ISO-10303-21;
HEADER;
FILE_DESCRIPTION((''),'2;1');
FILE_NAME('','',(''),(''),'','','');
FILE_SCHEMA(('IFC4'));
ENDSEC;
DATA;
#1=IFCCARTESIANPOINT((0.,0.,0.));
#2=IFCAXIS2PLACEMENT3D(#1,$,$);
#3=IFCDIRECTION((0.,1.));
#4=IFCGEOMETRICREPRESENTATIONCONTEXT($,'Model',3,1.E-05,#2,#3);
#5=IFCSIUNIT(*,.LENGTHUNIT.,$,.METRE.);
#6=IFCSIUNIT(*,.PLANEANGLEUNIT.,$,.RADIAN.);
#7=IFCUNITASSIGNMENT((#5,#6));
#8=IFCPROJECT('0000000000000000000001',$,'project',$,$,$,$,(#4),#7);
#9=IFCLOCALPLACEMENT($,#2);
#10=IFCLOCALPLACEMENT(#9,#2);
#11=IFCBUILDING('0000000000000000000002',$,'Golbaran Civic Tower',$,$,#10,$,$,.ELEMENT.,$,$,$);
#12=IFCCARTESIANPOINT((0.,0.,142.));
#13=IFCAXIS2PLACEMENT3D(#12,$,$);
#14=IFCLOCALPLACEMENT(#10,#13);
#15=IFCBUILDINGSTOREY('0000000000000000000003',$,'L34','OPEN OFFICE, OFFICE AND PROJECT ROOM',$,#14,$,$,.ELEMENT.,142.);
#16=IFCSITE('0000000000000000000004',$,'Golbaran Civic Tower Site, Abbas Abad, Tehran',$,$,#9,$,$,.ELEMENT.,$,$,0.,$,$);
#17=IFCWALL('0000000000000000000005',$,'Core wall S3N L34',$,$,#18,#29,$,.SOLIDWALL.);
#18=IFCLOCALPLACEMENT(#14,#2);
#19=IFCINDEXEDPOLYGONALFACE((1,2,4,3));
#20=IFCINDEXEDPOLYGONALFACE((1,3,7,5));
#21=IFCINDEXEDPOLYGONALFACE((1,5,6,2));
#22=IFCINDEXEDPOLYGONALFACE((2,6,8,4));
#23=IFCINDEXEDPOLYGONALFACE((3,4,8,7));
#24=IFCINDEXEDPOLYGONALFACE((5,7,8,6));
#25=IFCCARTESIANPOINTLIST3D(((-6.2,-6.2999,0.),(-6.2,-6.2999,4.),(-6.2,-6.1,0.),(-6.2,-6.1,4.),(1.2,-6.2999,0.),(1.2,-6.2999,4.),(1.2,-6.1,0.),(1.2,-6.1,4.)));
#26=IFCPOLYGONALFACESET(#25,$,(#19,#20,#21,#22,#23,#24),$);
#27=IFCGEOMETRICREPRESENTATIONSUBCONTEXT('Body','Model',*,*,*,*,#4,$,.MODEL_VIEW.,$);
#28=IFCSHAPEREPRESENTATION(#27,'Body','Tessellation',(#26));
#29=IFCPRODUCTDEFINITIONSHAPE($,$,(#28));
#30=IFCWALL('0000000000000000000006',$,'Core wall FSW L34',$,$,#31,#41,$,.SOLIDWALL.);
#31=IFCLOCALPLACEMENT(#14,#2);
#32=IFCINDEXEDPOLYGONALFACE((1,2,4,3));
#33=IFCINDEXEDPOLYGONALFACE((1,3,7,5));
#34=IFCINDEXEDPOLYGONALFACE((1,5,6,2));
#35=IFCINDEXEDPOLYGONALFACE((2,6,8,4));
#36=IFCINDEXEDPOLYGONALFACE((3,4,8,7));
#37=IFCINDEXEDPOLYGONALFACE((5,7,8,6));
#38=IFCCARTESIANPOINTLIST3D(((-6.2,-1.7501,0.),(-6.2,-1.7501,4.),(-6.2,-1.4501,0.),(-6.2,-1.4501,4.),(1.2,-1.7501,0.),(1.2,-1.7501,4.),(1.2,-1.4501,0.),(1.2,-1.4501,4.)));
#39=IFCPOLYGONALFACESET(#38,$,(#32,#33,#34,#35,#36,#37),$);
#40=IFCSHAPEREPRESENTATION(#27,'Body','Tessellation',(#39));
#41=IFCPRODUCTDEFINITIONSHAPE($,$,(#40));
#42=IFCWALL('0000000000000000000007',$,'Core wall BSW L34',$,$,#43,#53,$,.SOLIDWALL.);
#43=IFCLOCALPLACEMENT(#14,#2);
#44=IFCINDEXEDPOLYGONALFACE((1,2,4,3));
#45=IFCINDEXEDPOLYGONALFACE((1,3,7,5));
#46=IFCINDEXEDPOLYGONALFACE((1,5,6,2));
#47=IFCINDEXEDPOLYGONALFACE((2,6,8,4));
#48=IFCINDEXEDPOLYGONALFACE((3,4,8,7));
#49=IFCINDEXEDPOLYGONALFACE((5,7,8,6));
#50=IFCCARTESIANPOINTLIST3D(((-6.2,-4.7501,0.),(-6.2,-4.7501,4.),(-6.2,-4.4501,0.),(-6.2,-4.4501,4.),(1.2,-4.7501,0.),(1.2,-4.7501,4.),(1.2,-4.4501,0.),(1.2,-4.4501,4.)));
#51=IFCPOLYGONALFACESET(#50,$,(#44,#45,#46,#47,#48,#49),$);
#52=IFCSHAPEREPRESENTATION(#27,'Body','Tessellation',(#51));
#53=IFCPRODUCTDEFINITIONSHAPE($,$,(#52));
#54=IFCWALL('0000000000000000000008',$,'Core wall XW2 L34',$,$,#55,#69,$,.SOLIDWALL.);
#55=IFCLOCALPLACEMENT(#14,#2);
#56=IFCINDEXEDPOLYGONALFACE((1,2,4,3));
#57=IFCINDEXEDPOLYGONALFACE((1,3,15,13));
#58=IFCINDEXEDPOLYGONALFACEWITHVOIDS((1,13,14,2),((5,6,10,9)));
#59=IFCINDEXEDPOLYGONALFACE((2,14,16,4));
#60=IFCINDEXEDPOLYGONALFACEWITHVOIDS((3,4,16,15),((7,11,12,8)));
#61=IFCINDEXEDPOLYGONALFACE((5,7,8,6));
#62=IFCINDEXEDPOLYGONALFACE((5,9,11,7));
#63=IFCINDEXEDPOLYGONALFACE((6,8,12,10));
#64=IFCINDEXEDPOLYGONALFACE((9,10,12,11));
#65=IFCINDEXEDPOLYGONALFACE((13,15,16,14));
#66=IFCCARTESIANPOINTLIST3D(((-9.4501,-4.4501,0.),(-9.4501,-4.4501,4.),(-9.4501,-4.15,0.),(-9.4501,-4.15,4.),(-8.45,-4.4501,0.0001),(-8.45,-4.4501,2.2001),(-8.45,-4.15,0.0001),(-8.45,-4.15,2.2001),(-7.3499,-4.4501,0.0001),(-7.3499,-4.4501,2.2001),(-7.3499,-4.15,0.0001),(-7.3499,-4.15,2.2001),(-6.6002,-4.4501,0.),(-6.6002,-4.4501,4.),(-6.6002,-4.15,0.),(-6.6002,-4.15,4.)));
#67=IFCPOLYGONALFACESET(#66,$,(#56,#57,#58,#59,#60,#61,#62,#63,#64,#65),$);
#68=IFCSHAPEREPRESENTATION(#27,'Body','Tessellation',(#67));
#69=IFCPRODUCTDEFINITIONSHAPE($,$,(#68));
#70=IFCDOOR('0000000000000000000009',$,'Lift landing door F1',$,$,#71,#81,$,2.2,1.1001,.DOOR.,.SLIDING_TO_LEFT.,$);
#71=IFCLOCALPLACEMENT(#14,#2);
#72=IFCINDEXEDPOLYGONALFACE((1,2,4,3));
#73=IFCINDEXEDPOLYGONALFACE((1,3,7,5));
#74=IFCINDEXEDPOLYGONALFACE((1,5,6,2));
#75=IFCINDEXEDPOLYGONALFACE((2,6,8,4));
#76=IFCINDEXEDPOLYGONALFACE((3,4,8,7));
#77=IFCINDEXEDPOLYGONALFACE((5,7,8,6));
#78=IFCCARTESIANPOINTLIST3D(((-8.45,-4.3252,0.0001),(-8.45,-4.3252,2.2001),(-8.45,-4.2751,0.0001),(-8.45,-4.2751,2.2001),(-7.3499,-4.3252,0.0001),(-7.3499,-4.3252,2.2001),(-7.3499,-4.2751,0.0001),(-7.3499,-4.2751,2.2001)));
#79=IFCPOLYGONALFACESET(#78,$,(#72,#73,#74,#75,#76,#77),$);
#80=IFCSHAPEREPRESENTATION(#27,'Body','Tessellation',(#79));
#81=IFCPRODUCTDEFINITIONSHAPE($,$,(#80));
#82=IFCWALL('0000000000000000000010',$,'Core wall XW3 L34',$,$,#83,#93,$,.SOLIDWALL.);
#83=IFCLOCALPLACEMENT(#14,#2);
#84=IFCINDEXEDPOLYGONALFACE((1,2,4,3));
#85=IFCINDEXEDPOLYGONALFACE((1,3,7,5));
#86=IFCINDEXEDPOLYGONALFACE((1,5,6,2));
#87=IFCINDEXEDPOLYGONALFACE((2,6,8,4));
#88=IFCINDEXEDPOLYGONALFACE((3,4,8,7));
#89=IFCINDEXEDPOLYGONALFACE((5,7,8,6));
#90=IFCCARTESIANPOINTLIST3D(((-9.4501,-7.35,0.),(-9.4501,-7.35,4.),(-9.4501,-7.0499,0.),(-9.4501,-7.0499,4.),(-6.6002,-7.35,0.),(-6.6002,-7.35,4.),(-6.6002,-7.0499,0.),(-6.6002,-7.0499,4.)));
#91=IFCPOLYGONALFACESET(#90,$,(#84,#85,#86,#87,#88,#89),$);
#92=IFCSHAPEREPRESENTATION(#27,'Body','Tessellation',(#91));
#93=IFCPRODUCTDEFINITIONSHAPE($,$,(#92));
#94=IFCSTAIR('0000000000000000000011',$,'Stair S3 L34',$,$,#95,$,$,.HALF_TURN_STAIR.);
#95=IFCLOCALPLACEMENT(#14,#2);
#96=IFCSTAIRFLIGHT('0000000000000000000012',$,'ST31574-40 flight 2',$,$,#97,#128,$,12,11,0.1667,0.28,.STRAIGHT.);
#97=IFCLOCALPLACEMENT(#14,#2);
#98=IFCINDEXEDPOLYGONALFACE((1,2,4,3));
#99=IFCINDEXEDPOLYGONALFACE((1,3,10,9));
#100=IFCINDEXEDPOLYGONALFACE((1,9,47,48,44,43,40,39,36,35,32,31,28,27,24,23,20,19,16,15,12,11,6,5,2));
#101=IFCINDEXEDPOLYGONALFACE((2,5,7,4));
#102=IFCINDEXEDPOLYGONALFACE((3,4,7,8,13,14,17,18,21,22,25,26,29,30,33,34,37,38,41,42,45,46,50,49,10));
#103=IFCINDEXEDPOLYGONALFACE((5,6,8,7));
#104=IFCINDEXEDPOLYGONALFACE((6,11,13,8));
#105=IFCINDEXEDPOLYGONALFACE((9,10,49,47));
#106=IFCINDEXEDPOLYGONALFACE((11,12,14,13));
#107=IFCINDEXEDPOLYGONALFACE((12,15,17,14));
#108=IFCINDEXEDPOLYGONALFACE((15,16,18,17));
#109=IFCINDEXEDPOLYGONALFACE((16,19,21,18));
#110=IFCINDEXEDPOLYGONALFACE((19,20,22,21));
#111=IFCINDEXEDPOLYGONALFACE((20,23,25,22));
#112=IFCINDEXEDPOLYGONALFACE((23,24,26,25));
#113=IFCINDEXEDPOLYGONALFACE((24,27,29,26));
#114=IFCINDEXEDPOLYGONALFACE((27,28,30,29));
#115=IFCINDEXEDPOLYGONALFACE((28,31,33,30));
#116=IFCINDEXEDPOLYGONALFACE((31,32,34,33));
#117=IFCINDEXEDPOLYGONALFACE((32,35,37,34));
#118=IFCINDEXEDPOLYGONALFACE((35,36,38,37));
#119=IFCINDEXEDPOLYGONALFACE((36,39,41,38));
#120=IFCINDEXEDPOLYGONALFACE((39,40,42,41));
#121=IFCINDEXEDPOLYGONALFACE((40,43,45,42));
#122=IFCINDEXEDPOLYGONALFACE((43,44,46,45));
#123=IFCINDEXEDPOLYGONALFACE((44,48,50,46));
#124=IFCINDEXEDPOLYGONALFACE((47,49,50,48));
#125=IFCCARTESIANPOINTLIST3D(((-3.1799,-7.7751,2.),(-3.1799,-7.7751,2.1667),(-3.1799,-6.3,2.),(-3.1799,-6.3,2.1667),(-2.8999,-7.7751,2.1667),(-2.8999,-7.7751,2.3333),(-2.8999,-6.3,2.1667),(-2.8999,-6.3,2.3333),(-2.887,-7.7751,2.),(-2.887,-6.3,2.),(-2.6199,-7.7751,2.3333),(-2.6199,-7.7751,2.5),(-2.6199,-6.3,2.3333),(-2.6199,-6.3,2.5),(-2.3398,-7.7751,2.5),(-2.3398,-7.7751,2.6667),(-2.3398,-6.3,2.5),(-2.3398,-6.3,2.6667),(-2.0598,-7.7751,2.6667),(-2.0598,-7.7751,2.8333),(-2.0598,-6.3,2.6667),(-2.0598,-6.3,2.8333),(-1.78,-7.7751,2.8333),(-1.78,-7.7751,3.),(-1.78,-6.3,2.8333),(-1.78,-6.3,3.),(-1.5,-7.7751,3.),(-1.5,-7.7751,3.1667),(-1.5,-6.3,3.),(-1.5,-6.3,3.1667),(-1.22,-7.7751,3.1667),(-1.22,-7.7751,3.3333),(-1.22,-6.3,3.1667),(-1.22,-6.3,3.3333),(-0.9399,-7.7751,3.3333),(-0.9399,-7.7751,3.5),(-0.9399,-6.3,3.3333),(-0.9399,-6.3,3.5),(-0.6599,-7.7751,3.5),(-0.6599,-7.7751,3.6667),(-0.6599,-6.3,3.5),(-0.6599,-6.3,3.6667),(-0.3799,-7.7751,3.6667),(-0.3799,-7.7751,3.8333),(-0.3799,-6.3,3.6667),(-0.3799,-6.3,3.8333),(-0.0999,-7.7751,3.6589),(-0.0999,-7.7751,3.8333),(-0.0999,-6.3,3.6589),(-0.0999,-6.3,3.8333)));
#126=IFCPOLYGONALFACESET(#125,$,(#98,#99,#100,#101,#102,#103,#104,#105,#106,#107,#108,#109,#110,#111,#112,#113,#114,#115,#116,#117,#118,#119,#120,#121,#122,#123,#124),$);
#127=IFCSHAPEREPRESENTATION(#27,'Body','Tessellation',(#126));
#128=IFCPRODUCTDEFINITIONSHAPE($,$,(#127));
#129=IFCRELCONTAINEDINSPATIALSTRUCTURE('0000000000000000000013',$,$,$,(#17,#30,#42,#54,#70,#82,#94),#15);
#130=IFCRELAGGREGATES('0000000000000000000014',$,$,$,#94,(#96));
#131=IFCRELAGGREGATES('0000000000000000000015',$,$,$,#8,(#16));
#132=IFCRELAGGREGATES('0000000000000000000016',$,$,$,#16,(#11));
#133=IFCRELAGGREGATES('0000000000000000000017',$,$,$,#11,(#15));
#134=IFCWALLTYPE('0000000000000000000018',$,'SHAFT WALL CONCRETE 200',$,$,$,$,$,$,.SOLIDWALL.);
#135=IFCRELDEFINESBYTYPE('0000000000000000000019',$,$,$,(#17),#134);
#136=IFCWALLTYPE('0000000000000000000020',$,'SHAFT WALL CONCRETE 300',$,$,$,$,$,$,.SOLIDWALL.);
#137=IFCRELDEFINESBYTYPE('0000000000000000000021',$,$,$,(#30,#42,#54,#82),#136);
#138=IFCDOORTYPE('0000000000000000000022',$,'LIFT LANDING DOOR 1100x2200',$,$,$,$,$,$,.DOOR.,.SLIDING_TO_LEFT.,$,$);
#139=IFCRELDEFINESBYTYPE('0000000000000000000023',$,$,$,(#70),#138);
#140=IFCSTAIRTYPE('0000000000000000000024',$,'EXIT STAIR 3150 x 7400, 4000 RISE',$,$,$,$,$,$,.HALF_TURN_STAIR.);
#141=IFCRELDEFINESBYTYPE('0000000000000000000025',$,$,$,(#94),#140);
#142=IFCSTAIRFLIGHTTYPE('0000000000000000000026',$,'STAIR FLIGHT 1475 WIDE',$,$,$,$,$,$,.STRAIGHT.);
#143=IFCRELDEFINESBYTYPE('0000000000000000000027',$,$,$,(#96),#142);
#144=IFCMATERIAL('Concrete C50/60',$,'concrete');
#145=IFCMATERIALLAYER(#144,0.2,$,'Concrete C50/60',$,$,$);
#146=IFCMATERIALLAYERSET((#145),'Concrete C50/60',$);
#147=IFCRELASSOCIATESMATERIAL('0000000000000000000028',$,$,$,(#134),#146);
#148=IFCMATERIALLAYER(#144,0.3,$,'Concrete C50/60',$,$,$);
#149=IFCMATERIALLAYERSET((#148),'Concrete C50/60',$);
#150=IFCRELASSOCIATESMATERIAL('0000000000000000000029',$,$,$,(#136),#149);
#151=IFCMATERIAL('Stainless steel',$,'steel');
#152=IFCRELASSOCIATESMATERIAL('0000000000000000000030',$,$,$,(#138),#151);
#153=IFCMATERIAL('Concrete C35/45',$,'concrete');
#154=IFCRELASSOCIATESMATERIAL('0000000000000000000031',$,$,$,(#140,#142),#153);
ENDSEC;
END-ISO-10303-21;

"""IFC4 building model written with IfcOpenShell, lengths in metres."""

from ifc_helpers import new_model, si_unit, direction, frame, frame_2d, origin, place, context, subcontext, project, spatial, polyline, rectangle, outline, extrude, material, layer, layer_set, type_object, element, fill, aggregate, save


model = new_model("IFC4")

# Units and contexts
model_context = context("Model", 3, precision=1e-05, world=origin(), true_north=direction((0.0, 1.0)))
body_context = subcontext(model_context, "Body", "Model", "MODEL_VIEW")
ifc_project = project(units=[si_unit("LENGTHUNIT", "METRE"), si_unit("PLANEANGLEUNIT", "RADIAN")], contexts=[model_context])

# Site, building, storey
site_placement = place(None, origin())
site = spatial("IfcSite", under=ifc_project, at=site_placement, Name="Golbaran Civic Tower Site, Abbas Abad, Tehran", CompositionType="ELEMENT", RefElevation=0.0)
building_placement = place(site_placement, origin())
building = spatial("IfcBuilding", under=site, at=building_placement, Name="Golbaran Civic Tower", CompositionType="ELEMENT")
storey_placement = place(building_placement, frame((0.0, 0.0, 142.0)))
storey = spatial("IfcBuildingStorey", under=building, at=storey_placement, Name="L34", Description="OPEN OFFICE, OFFICE AND PROJECT ROOM", CompositionType="ELEMENT", Elevation=142.0)

# Shared definitions
ifc_material_1 = material(Name="Concrete C35/45", Category="concrete")

# Walls
ifc_material_2 = material(Name="Concrete C50/60", Category="concrete")
ifc_layer_1 = layer(ifc_material_2, 0.2, Name="Concrete C50/60")
ifc_layer_set_1 = layer_set([ifc_layer_1], Name="Concrete C50/60")
wall_type_1 = type_object("IfcWallType", Name="SHAFT WALL CONCRETE 200", PredefinedType="SOLIDWALL", material=ifc_layer_set_1)
wall_1_placement = place(storey_placement, frame((-6.2, -6.2, 0.0), z_axis=(0.0, 0.0, 1.0), x_axis=(1.0, 0.0, 0.0)))
element("IfcWall", 1, at=wall_1_placement, inside=storey, type_object=wall_type_1, Name="Core wall S3N L34", PredefinedType="SOLIDWALL", context=body_context, shape_type="SweptSolid", body=[
    extrude(rectangle(XDim=7.3999, YDim=0.2, at=frame_2d((3.7, 0.0))), origin(), (0.0, 0.0, 1.0), 4.0),
])
ifc_layer_2 = layer(ifc_material_2, 0.3, Name="Concrete C50/60")
ifc_layer_set_2 = layer_set([ifc_layer_2], Name="Concrete C50/60")
wall_type_2 = type_object("IfcWallType", Name="SHAFT WALL CONCRETE 300", PredefinedType="SOLIDWALL", material=ifc_layer_set_2)
for number, where, z_axis, x_axis, name in (
    (2, (-6.2, -1.6001, 0.0), (0.0, 0.0, 1.0), (1.0, 0.0, 0.0), "Core wall FSW L34"),
    (3, (-6.2, -4.6001, 0.0), (0.0, 0.0, 1.0), (1.0, 0.0, 0.0), "Core wall BSW L34"),
):
    element("IfcWall", number, at=place(storey_placement, frame(where, z_axis=z_axis, x_axis=x_axis)), inside=storey, type_object=wall_type_2, Name=name, PredefinedType="SOLIDWALL", context=body_context, shape_type="SweptSolid", body=[
        extrude(rectangle(XDim=7.3999, YDim=0.3, at=frame_2d((3.7, 0.0))), origin(), (0.0, 0.0, 1.0), 4.0),
    ])

# Wall, opening, door
wall_2_placement = place(storey_placement, frame((-9.45, -4.3, 0.0), z_axis=(0.0, 0.0, 1.0), x_axis=(1.0, 0.0, 0.0)))
wall_2 = element("IfcWall", 4, at=wall_2_placement, inside=storey, type_object=wall_type_2, Name="Core wall XW2 L34", PredefinedType="SOLIDWALL", context=body_context, shape_type="SweptSolid", body=[
    extrude(rectangle(XDim=2.8499, YDim=0.3, at=frame_2d((1.4248, 0.0))), origin(), (0.0, 0.0, 1.0), 4.0),
])
opening_1_placement = place(wall_2_placement, frame((1.0, 0.0, 0.0)))
opening_1 = element("IfcOpeningElement", 5, at=opening_1_placement, cuts=wall_2, PredefinedType="OPENING", context=body_context, shape_type="SweptSolid", body=[
    extrude(rectangle(XDim=1.1001, YDim=2.2, at=frame_2d((0.55, 1.1001))), frame((0.0, 0.1599, 0.0), z_axis=(0.0, -1.0, 0.0), x_axis=(1.0, 0.0, 0.0)), (0.0, 0.0, 1.0), 0.3201),
])
ifc_material_3 = material(Name="Stainless steel", Category="steel")
door_type_1 = type_object("IfcDoorType", Name="LIFT LANDING DOOR 1100x2200", OperationType="SLIDING_TO_LEFT", PredefinedType="DOOR", material=ifc_material_3)
door_1_placement = place(opening_1_placement, origin())
door_1 = element("IfcDoor", 6, at=door_1_placement, inside=storey, type_object=door_type_1, Name="Lift landing door F1", OperationType="SLIDING_TO_LEFT", OverallHeight=2.2, OverallWidth=1.1001, PredefinedType="DOOR", context=body_context, shape_type="SweptSolid", body=[
    extrude(rectangle(XDim=1.1001, YDim=2.2, at=frame_2d((0.55, 1.1001))), frame((0.0, 0.0249, 0.0), z_axis=(0.0, -1.0, 0.0), x_axis=(1.0, 0.0, 0.0)), (0.0, 0.0, 1.0), 0.05),
])
fill(opening_1, door_1)

# Wall
wall_3_placement = place(storey_placement, frame((-9.45, -7.2, 0.0), z_axis=(0.0, 0.0, 1.0), x_axis=(1.0, 0.0, 0.0)))
element("IfcWall", 7, at=wall_3_placement, inside=storey, type_object=wall_type_2, Name="Core wall XW3 L34", PredefinedType="SOLIDWALL", context=body_context, shape_type="SweptSolid", body=[
    extrude(rectangle(XDim=2.8499, YDim=0.3, at=frame_2d((1.4248, 0.0))), origin(), (0.0, 0.0, 1.0), 4.0),
])

# Stair, stair flight
stair_type = type_object("IfcStairType", Name="EXIT STAIR 3150 x 7400, 4000 RISE", PredefinedType="HALF_TURN_STAIR", material=ifc_material_1)
stair_placement = place(storey_placement, origin())
stair = element("IfcStair", 8, at=stair_placement, inside=storey, type_object=stair_type, Name="Stair S3 L34", PredefinedType="HALF_TURN_STAIR")
stair_flight_type = type_object("IfcStairFlightType", Name="STAIR FLIGHT 1475 WIDE", PredefinedType="STRAIGHT", material=ifc_material_1)
stair_flight_placement = place(storey_placement, frame((-3.1799, -7.0376, 2.0), z_axis=(0.0, 0.0, 1.0), x_axis=(1.0, 0.0, 0.0)))
stair_flight = element("IfcStairFlight", 9, at=stair_flight_placement, type_object=stair_flight_type, Name="ST31574-40 flight 2", NumberOfRisers=12, NumberOfTreads=11, PredefinedType="STRAIGHT", RiserHeight=0.1667, TreadLength=0.28, context=body_context, shape_type="SweptSolid", body=[
    extrude(outline(polyline([(0.0, 0.0), (0.0, 0.1667), (0.28, 0.1667), (0.28, 0.3333), (0.5601, 0.3333), (0.5601, 0.5), (0.8401, 0.5), (0.8401, 0.6667), (1.1201, 0.6667), (1.1201, 0.8333), (1.3999, 0.8333), (1.3999, 1.0), (1.6799, 1.0), (1.6799, 1.1667), (1.96, 1.1667), (1.96, 1.3333), (2.24, 1.3333), (2.24, 1.5), (2.52, 1.5), (2.52, 1.6667), (2.8, 1.6667), (2.8, 1.8333), (3.0801, 1.8333), (3.0801, 2.0), (3.0801, 1.6589), (0.293, 0.0), (0.0, 0.0)])), frame((0.0, 0.7375, 0.0), z_axis=(0.0, -1.0, 0.0), x_axis=(1.0, 0.0, 0.0)), (0.0, 0.0, 1.0), 1.4751),
])
aggregate(stair, [stair_flight])

save(model, "model.ifc")
